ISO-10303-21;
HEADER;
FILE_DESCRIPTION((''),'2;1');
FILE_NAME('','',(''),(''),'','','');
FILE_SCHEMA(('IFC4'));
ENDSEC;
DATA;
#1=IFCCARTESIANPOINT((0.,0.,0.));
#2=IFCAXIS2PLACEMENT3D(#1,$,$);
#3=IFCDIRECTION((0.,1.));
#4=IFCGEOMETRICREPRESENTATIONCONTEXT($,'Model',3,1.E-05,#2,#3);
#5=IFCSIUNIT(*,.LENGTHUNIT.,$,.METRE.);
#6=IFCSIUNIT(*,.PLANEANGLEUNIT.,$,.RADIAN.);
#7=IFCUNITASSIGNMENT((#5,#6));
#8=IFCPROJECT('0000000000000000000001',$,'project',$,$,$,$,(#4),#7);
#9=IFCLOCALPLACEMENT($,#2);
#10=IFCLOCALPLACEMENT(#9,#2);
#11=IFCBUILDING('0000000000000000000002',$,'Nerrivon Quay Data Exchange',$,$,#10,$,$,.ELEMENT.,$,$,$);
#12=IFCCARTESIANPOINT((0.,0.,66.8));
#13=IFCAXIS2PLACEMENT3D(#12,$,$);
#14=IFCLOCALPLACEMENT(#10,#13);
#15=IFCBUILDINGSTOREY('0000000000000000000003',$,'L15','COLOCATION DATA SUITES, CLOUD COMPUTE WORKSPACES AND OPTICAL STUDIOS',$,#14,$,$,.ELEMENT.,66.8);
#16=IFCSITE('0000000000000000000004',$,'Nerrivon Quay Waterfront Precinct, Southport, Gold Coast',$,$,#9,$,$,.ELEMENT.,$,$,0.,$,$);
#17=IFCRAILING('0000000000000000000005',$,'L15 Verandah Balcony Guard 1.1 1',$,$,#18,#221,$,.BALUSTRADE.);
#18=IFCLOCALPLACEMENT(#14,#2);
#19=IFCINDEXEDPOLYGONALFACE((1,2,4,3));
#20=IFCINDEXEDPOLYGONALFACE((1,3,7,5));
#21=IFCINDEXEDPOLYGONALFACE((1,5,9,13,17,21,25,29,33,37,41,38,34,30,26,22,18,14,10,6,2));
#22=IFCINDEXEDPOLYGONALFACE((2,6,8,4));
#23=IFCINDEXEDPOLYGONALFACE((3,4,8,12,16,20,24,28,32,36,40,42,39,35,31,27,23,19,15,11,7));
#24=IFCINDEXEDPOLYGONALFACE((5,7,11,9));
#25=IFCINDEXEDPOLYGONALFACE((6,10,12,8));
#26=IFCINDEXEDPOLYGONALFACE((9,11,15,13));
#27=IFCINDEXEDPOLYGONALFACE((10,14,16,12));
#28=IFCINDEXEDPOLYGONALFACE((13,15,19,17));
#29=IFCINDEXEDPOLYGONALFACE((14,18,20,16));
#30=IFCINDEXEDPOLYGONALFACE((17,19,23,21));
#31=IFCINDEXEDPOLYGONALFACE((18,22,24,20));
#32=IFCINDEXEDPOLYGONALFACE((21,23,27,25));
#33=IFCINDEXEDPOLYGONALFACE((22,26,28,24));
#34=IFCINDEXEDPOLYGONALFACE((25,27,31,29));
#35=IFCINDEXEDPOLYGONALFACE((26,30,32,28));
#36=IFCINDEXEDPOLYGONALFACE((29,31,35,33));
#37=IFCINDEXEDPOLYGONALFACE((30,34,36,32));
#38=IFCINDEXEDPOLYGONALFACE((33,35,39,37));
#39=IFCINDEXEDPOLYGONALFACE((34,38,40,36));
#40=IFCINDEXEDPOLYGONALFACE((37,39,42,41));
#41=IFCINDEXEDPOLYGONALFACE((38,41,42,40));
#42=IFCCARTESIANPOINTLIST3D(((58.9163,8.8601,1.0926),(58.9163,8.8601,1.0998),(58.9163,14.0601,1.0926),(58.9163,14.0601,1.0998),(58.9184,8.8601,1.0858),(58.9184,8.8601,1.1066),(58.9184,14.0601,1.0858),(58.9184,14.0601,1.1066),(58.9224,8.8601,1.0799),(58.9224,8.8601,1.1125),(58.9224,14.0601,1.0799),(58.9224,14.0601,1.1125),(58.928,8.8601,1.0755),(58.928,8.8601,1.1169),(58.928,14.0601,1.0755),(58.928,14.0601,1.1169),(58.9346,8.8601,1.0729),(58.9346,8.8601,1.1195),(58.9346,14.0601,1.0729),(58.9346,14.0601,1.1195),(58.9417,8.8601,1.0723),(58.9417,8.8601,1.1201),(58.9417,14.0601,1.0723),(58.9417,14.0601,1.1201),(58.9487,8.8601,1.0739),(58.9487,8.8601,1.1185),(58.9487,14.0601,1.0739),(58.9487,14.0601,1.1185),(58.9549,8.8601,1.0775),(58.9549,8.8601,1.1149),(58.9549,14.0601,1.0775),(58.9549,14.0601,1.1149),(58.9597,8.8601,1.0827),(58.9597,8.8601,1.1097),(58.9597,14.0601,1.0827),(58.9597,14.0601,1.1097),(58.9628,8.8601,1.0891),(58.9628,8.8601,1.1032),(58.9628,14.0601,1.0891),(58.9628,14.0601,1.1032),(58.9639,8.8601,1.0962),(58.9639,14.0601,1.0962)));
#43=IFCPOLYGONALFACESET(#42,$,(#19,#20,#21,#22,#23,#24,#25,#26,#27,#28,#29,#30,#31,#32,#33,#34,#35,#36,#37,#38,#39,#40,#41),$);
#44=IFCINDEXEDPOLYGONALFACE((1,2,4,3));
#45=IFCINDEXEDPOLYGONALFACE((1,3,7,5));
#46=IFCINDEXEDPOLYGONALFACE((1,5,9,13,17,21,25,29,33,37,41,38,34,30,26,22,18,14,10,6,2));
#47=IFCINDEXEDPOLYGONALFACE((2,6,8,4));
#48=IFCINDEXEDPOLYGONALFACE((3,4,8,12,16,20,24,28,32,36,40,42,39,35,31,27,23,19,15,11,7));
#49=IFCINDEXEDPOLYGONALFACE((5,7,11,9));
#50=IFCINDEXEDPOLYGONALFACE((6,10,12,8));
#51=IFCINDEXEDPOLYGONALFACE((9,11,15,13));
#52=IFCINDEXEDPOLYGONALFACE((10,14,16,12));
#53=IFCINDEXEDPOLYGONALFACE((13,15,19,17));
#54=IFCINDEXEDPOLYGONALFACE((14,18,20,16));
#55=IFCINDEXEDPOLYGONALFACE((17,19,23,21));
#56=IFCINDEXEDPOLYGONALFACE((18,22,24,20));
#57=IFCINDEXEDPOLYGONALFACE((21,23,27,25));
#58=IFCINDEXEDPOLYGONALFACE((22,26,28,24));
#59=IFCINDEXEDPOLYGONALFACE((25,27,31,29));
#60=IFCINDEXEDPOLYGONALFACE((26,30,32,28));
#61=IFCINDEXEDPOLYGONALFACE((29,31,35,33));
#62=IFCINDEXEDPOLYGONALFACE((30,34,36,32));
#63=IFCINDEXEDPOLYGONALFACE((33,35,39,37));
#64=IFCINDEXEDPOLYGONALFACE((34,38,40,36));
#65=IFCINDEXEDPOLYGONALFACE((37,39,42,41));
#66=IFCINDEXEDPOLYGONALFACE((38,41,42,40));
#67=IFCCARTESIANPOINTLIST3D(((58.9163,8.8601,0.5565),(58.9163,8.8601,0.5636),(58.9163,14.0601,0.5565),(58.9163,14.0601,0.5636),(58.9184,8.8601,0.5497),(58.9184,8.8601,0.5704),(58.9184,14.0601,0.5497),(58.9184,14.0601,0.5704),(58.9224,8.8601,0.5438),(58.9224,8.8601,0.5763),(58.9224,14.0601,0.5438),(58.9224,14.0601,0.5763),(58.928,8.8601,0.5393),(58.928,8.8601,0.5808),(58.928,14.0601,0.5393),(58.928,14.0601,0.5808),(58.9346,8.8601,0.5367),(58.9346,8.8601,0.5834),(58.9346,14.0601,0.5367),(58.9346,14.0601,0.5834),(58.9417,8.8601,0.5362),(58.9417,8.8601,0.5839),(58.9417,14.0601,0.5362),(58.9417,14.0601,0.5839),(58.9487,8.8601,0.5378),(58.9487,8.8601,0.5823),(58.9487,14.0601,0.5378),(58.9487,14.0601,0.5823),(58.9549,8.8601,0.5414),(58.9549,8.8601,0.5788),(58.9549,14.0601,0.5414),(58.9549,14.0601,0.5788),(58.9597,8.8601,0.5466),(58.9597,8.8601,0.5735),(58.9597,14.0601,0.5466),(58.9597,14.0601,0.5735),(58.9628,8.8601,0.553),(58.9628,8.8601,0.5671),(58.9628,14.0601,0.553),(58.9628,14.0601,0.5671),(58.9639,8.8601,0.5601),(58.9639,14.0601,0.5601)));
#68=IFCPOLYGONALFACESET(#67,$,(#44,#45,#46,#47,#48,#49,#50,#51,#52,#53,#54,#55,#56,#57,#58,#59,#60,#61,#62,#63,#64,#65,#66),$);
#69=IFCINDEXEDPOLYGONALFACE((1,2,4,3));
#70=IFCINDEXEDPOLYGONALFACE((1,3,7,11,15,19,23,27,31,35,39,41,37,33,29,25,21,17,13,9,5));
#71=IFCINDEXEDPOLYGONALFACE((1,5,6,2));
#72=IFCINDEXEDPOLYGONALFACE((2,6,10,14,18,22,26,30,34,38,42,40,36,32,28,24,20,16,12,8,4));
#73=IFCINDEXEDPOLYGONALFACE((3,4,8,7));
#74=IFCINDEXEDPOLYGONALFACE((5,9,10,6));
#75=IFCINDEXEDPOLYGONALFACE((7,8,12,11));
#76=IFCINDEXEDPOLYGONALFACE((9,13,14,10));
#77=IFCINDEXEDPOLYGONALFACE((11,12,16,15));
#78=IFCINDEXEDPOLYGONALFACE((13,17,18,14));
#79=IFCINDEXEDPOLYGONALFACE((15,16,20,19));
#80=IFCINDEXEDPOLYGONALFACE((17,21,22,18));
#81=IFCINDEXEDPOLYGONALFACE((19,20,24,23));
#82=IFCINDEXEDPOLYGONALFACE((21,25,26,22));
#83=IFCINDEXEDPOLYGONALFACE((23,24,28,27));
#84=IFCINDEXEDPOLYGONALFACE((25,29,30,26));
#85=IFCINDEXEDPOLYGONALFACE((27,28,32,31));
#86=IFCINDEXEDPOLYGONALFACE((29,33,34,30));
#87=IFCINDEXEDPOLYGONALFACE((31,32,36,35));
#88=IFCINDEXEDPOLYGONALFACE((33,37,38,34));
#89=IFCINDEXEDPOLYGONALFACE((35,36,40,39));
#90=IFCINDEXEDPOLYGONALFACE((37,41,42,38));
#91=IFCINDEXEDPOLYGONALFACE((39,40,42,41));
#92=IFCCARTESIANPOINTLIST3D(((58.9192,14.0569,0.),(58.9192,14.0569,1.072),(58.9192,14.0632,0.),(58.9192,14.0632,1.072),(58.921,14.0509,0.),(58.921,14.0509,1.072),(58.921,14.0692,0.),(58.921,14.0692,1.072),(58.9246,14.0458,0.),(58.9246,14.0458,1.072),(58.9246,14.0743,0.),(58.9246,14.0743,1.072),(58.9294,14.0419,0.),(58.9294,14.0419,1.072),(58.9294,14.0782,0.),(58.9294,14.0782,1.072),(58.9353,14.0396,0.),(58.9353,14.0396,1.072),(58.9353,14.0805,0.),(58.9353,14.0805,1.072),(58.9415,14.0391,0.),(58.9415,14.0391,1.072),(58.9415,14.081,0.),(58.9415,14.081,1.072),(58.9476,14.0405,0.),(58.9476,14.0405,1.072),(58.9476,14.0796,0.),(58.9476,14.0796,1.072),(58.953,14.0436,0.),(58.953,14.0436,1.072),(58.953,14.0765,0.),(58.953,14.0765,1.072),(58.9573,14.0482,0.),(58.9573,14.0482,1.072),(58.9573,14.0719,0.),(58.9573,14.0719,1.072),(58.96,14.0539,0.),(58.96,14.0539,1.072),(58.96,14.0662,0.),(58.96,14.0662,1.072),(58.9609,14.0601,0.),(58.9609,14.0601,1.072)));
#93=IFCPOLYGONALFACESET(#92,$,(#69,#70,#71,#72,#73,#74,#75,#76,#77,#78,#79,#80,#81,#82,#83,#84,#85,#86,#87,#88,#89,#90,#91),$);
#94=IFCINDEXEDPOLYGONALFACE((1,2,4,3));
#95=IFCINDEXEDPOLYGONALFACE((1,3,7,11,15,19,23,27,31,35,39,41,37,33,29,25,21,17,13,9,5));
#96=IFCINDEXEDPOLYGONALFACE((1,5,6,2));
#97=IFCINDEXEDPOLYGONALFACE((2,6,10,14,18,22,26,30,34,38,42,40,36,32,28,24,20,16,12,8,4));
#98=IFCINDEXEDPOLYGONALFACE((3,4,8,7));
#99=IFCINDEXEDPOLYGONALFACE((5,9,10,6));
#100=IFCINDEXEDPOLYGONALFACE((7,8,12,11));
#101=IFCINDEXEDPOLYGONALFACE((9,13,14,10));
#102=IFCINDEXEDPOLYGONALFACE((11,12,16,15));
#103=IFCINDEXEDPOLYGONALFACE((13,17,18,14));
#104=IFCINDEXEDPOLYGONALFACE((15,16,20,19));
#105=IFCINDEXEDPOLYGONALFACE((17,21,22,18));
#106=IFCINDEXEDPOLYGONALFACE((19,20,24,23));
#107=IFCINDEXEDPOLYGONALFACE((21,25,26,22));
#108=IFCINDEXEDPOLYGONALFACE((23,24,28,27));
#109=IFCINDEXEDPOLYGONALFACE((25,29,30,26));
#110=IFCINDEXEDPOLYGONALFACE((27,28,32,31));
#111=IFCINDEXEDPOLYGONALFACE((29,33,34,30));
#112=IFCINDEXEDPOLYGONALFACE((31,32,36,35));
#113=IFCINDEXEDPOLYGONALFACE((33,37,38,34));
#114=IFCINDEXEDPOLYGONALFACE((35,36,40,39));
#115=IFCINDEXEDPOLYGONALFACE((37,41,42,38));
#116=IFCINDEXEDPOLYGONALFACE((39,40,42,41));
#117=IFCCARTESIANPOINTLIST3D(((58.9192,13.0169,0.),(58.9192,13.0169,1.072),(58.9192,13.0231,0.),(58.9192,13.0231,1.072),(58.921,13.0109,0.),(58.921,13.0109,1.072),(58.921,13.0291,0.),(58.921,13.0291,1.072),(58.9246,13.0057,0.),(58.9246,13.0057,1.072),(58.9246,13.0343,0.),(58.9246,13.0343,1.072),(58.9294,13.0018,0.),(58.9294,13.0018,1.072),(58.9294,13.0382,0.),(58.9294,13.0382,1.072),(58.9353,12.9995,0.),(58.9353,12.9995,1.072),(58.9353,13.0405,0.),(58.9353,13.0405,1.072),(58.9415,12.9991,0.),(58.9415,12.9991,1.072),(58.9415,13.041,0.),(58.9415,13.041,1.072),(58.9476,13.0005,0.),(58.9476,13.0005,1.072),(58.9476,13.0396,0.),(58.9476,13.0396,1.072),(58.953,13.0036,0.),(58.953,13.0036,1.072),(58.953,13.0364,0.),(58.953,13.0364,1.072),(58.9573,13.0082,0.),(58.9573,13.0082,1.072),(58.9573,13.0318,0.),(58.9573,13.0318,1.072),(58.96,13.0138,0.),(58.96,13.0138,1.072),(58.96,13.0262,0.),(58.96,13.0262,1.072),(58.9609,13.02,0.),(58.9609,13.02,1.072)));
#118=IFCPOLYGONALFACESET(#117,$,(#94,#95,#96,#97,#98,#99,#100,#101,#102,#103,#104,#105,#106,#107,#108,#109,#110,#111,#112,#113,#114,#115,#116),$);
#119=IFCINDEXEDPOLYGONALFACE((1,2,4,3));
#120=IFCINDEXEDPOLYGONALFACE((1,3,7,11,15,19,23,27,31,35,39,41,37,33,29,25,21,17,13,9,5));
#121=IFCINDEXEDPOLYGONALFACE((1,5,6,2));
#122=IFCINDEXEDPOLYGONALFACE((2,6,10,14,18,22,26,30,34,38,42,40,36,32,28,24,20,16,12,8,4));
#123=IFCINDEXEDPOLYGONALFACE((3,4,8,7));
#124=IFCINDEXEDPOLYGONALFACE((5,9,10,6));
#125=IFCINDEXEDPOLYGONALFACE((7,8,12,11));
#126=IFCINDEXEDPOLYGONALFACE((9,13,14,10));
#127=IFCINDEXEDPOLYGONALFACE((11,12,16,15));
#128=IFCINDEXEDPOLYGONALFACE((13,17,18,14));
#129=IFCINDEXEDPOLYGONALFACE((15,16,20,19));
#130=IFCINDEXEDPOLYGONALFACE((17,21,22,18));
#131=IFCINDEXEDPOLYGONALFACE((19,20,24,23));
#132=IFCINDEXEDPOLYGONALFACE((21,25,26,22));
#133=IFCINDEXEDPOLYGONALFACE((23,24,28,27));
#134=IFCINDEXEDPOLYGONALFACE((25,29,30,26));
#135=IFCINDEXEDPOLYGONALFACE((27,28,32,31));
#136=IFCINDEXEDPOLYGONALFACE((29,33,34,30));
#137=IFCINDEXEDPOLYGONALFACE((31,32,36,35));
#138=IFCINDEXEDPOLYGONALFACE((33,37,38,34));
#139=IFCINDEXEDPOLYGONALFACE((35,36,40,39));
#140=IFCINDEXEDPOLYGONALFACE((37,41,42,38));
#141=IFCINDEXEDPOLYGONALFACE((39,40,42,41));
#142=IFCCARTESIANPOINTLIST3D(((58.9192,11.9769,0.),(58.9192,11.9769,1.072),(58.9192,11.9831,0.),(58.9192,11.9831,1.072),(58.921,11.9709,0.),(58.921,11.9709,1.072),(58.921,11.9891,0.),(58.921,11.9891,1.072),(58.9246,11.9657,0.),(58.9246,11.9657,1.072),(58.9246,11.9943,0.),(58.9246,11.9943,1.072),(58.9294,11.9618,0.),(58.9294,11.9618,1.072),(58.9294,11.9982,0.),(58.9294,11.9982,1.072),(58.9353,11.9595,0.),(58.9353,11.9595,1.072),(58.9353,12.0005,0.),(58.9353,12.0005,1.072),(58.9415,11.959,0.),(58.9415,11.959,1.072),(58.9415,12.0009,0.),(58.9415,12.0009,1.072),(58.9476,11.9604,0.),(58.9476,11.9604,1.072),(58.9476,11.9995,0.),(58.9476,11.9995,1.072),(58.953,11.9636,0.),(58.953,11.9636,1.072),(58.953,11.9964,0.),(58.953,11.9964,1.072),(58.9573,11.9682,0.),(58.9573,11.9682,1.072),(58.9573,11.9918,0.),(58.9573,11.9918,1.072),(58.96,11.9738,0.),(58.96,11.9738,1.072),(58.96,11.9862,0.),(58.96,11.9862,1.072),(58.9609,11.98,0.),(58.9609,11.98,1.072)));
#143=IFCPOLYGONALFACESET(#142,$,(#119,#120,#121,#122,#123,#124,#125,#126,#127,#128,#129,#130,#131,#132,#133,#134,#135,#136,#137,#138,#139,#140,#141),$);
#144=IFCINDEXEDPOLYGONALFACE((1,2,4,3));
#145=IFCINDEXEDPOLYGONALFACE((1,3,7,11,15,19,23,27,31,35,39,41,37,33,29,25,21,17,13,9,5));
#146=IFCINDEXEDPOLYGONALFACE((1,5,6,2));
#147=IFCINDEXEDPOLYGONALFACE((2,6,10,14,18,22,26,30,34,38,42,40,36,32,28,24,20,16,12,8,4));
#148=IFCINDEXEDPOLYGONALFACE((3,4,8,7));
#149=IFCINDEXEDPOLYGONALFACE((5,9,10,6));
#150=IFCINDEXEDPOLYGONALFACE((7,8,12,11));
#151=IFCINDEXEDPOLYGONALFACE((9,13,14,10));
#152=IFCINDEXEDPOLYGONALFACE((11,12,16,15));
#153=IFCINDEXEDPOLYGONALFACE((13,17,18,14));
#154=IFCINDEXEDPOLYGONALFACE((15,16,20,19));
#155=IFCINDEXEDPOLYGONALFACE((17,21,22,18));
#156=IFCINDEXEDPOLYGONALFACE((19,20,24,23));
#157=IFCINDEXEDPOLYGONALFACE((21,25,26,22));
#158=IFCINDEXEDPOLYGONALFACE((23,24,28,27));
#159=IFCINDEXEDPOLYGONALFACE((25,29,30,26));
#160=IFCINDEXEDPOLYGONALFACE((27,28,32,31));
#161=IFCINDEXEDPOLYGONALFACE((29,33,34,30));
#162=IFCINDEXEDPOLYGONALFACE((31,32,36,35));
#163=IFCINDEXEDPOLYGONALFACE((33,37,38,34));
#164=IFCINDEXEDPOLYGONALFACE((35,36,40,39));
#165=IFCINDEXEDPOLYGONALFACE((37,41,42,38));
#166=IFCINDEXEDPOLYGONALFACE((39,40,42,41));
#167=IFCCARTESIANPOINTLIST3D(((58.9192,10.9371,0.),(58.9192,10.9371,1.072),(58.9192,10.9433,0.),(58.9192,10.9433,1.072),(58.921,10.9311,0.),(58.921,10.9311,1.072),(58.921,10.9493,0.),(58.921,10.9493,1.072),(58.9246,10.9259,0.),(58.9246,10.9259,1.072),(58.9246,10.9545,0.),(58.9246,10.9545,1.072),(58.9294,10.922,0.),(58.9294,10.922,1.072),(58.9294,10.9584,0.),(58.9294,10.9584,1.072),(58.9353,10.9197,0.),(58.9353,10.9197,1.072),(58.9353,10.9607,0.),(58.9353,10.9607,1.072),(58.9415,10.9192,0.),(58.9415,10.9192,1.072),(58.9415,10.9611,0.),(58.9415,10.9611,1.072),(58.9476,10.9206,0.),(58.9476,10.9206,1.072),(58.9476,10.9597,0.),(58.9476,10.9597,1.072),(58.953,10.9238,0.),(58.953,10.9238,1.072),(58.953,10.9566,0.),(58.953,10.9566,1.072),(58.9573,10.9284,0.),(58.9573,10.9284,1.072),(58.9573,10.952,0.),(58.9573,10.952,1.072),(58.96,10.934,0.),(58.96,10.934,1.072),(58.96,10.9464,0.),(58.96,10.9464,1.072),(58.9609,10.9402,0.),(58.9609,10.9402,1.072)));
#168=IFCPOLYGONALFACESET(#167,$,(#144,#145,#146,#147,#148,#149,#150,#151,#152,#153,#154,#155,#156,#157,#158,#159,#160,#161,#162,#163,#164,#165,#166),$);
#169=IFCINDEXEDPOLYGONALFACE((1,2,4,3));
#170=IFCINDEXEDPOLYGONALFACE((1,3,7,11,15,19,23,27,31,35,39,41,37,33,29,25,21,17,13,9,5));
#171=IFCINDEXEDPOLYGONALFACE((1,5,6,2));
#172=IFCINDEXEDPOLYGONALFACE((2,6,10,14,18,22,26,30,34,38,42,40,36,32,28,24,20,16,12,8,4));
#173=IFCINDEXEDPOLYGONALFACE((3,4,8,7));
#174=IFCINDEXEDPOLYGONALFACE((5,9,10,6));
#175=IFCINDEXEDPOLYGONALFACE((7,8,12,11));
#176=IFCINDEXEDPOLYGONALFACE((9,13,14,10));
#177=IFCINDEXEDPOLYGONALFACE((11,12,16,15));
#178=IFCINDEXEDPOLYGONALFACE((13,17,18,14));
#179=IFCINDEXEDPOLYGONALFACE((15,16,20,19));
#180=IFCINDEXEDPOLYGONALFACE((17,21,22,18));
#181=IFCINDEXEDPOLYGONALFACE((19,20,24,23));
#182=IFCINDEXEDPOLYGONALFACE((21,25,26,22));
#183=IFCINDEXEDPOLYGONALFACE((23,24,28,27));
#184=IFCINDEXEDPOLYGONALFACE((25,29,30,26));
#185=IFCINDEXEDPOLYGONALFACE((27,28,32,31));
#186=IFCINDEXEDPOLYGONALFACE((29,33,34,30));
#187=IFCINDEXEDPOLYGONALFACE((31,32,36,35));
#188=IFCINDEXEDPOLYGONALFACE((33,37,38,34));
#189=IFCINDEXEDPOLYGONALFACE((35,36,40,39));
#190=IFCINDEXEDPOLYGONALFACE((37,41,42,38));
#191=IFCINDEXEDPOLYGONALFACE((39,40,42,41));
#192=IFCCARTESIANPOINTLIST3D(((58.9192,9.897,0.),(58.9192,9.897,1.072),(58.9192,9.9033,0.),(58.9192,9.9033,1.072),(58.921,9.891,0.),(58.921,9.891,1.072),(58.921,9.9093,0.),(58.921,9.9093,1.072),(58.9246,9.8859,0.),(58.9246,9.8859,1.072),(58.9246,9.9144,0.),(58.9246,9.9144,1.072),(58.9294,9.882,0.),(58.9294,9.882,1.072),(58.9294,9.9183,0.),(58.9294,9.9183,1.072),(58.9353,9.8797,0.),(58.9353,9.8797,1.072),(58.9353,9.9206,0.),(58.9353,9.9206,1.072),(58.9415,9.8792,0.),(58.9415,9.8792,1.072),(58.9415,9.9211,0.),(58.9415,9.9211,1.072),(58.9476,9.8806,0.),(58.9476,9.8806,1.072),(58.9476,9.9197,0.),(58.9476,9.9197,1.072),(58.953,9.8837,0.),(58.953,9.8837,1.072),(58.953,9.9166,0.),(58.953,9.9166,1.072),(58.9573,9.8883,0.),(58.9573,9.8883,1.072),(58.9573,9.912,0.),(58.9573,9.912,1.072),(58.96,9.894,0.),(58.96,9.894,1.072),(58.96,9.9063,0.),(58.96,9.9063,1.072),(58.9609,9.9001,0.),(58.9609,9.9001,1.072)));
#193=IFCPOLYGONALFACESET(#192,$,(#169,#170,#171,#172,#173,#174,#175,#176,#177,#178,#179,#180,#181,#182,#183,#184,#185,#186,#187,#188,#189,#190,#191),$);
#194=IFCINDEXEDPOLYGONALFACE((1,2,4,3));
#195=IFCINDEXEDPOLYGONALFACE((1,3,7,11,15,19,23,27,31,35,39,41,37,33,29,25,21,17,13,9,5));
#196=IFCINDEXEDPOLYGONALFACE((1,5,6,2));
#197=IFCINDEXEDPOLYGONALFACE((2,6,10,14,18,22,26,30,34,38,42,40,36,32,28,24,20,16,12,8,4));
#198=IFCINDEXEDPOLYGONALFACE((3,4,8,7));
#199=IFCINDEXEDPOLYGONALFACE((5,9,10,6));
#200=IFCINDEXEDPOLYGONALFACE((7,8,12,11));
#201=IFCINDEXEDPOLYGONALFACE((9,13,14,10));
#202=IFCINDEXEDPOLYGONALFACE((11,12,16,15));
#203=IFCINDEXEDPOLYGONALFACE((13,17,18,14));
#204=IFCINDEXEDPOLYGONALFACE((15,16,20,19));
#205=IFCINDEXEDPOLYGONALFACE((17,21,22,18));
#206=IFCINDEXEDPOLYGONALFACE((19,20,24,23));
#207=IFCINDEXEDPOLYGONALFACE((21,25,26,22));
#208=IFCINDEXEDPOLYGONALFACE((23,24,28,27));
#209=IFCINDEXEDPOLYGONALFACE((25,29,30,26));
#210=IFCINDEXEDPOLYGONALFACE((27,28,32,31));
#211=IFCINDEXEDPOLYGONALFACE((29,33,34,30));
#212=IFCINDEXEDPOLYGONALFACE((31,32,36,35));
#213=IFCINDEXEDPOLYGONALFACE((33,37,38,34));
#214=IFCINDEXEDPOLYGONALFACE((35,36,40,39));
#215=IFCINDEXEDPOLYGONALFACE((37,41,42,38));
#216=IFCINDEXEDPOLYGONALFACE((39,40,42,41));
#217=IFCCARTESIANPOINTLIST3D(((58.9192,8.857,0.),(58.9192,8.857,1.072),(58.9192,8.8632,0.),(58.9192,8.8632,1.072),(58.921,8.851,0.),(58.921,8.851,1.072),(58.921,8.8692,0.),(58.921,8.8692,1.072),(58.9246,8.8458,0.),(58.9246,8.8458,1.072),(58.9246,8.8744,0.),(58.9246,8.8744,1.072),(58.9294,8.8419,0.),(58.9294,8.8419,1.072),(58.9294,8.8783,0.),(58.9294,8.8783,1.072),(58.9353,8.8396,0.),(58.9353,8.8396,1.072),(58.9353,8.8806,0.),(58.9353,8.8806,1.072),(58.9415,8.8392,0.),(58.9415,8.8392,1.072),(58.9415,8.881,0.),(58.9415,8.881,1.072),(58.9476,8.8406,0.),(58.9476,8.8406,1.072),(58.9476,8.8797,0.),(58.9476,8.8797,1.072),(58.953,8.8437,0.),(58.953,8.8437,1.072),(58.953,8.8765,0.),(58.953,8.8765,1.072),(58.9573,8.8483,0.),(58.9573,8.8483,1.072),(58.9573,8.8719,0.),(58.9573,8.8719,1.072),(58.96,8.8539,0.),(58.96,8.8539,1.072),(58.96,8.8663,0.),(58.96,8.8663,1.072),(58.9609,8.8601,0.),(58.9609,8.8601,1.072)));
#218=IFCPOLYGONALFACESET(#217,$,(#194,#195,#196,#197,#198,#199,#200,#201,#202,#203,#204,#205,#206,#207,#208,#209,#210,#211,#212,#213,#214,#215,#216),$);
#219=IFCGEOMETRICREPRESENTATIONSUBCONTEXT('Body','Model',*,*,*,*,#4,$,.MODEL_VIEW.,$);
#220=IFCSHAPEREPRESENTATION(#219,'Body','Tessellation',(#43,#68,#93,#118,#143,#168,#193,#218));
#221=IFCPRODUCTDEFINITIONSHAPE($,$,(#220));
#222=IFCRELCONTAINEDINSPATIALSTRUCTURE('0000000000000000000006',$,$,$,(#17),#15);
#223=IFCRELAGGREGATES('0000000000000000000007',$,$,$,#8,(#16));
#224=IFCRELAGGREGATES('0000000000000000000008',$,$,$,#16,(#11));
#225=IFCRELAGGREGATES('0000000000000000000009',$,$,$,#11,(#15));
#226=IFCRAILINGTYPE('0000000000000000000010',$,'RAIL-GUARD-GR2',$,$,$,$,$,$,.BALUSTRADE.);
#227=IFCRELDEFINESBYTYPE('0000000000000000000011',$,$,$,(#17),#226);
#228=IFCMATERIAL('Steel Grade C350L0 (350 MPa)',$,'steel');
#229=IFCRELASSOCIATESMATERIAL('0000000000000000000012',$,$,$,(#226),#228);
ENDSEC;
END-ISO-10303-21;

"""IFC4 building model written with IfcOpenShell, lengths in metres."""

from ifc_helpers import new_model, si_unit, direction, frame, origin, origin_2d, place, context, subcontext, project, spatial, circle, extrude, material, type_object, element, save


model = new_model("IFC4")

# Units and contexts
model_context = context("Model", 3, precision=1e-05, world=origin(), true_north=direction((0.0, 1.0)))
body_context = subcontext(model_context, "Body", "Model", "MODEL_VIEW")
ifc_project = project(units=[si_unit("LENGTHUNIT", "METRE"), si_unit("PLANEANGLEUNIT", "RADIAN")], contexts=[model_context])

# Site, building, storey
site_placement = place(None, origin())
site = spatial("IfcSite", under=ifc_project, at=site_placement, Name="Nerrivon Quay Waterfront Precinct, Southport, Gold Coast", CompositionType="ELEMENT", RefElevation=0.0)
building_placement = place(site_placement, origin())
building = spatial("IfcBuilding", under=site, at=building_placement, Name="Nerrivon Quay Data Exchange", CompositionType="ELEMENT")
storey_placement = place(building_placement, frame((0.0, 0.0, 66.8)))
storey = spatial("IfcBuildingStorey", under=building, at=storey_placement, Name="L15", Description="COLOCATION DATA SUITES, CLOUD COMPUTE WORKSPACES AND OPTICAL STUDIOS", CompositionType="ELEMENT", Elevation=66.8)

# Railing
ifc_material_1 = material(Name="Steel Grade C350L0 (350 MPa)", Category="steel")
railing_type = type_object("IfcRailingType", Name="RAIL-GUARD-GR2", PredefinedType="BALUSTRADE", material=ifc_material_1)
railing_1_placement = place(storey_placement, frame((58.9399, 14.0601, 0.0)))
element("IfcRailing", 1, at=railing_1_placement, inside=storey, type_object=railing_type, Name="L15 Verandah Balcony Guard 1.1 1", PredefinedType="BALUSTRADE", context=body_context, shape_type="SweptSolid", body=[
    extrude(circle(Radius=0.0239, at=origin_2d()), frame((0.0, 0.0, 1.0962), z_axis=(0.0, -1.0, 0.0), x_axis=(1.0, 0.0, 0.0)), (0.0, 0.0, 1.0), 5.2),
    extrude(circle(Radius=0.0239, at=origin_2d()), frame((0.0, 0.0, 0.5601), z_axis=(0.0, -1.0, 0.0), x_axis=(1.0, 0.0, 0.0)), (0.0, 0.0, 1.0), 5.2),
    extrude(circle(Radius=0.021, at=origin_2d()), origin(), (0.0, 0.0, 1.0), 1.072),
    extrude(circle(Radius=0.021, at=origin_2d()), frame((0.0, -1.04, 0.0)), (0.0, 0.0, 1.0), 1.072),
    extrude(circle(Radius=0.021, at=origin_2d()), frame((0.0, -2.0801, 0.0)), (0.0, 0.0, 1.0), 1.072),
    extrude(circle(Radius=0.021, at=origin_2d()), frame((0.0, -3.1199, 0.0)), (0.0, 0.0, 1.0), 1.072),
    extrude(circle(Radius=0.021, at=origin_2d()), frame((0.0, -4.1599, 0.0)), (0.0, 0.0, 1.0), 1.072),
    extrude(circle(Radius=0.021, at=origin_2d()), frame((0.0, -5.2, 0.0)), (0.0, 0.0, 1.0), 1.072),
])

save(model, "model.ifc")
